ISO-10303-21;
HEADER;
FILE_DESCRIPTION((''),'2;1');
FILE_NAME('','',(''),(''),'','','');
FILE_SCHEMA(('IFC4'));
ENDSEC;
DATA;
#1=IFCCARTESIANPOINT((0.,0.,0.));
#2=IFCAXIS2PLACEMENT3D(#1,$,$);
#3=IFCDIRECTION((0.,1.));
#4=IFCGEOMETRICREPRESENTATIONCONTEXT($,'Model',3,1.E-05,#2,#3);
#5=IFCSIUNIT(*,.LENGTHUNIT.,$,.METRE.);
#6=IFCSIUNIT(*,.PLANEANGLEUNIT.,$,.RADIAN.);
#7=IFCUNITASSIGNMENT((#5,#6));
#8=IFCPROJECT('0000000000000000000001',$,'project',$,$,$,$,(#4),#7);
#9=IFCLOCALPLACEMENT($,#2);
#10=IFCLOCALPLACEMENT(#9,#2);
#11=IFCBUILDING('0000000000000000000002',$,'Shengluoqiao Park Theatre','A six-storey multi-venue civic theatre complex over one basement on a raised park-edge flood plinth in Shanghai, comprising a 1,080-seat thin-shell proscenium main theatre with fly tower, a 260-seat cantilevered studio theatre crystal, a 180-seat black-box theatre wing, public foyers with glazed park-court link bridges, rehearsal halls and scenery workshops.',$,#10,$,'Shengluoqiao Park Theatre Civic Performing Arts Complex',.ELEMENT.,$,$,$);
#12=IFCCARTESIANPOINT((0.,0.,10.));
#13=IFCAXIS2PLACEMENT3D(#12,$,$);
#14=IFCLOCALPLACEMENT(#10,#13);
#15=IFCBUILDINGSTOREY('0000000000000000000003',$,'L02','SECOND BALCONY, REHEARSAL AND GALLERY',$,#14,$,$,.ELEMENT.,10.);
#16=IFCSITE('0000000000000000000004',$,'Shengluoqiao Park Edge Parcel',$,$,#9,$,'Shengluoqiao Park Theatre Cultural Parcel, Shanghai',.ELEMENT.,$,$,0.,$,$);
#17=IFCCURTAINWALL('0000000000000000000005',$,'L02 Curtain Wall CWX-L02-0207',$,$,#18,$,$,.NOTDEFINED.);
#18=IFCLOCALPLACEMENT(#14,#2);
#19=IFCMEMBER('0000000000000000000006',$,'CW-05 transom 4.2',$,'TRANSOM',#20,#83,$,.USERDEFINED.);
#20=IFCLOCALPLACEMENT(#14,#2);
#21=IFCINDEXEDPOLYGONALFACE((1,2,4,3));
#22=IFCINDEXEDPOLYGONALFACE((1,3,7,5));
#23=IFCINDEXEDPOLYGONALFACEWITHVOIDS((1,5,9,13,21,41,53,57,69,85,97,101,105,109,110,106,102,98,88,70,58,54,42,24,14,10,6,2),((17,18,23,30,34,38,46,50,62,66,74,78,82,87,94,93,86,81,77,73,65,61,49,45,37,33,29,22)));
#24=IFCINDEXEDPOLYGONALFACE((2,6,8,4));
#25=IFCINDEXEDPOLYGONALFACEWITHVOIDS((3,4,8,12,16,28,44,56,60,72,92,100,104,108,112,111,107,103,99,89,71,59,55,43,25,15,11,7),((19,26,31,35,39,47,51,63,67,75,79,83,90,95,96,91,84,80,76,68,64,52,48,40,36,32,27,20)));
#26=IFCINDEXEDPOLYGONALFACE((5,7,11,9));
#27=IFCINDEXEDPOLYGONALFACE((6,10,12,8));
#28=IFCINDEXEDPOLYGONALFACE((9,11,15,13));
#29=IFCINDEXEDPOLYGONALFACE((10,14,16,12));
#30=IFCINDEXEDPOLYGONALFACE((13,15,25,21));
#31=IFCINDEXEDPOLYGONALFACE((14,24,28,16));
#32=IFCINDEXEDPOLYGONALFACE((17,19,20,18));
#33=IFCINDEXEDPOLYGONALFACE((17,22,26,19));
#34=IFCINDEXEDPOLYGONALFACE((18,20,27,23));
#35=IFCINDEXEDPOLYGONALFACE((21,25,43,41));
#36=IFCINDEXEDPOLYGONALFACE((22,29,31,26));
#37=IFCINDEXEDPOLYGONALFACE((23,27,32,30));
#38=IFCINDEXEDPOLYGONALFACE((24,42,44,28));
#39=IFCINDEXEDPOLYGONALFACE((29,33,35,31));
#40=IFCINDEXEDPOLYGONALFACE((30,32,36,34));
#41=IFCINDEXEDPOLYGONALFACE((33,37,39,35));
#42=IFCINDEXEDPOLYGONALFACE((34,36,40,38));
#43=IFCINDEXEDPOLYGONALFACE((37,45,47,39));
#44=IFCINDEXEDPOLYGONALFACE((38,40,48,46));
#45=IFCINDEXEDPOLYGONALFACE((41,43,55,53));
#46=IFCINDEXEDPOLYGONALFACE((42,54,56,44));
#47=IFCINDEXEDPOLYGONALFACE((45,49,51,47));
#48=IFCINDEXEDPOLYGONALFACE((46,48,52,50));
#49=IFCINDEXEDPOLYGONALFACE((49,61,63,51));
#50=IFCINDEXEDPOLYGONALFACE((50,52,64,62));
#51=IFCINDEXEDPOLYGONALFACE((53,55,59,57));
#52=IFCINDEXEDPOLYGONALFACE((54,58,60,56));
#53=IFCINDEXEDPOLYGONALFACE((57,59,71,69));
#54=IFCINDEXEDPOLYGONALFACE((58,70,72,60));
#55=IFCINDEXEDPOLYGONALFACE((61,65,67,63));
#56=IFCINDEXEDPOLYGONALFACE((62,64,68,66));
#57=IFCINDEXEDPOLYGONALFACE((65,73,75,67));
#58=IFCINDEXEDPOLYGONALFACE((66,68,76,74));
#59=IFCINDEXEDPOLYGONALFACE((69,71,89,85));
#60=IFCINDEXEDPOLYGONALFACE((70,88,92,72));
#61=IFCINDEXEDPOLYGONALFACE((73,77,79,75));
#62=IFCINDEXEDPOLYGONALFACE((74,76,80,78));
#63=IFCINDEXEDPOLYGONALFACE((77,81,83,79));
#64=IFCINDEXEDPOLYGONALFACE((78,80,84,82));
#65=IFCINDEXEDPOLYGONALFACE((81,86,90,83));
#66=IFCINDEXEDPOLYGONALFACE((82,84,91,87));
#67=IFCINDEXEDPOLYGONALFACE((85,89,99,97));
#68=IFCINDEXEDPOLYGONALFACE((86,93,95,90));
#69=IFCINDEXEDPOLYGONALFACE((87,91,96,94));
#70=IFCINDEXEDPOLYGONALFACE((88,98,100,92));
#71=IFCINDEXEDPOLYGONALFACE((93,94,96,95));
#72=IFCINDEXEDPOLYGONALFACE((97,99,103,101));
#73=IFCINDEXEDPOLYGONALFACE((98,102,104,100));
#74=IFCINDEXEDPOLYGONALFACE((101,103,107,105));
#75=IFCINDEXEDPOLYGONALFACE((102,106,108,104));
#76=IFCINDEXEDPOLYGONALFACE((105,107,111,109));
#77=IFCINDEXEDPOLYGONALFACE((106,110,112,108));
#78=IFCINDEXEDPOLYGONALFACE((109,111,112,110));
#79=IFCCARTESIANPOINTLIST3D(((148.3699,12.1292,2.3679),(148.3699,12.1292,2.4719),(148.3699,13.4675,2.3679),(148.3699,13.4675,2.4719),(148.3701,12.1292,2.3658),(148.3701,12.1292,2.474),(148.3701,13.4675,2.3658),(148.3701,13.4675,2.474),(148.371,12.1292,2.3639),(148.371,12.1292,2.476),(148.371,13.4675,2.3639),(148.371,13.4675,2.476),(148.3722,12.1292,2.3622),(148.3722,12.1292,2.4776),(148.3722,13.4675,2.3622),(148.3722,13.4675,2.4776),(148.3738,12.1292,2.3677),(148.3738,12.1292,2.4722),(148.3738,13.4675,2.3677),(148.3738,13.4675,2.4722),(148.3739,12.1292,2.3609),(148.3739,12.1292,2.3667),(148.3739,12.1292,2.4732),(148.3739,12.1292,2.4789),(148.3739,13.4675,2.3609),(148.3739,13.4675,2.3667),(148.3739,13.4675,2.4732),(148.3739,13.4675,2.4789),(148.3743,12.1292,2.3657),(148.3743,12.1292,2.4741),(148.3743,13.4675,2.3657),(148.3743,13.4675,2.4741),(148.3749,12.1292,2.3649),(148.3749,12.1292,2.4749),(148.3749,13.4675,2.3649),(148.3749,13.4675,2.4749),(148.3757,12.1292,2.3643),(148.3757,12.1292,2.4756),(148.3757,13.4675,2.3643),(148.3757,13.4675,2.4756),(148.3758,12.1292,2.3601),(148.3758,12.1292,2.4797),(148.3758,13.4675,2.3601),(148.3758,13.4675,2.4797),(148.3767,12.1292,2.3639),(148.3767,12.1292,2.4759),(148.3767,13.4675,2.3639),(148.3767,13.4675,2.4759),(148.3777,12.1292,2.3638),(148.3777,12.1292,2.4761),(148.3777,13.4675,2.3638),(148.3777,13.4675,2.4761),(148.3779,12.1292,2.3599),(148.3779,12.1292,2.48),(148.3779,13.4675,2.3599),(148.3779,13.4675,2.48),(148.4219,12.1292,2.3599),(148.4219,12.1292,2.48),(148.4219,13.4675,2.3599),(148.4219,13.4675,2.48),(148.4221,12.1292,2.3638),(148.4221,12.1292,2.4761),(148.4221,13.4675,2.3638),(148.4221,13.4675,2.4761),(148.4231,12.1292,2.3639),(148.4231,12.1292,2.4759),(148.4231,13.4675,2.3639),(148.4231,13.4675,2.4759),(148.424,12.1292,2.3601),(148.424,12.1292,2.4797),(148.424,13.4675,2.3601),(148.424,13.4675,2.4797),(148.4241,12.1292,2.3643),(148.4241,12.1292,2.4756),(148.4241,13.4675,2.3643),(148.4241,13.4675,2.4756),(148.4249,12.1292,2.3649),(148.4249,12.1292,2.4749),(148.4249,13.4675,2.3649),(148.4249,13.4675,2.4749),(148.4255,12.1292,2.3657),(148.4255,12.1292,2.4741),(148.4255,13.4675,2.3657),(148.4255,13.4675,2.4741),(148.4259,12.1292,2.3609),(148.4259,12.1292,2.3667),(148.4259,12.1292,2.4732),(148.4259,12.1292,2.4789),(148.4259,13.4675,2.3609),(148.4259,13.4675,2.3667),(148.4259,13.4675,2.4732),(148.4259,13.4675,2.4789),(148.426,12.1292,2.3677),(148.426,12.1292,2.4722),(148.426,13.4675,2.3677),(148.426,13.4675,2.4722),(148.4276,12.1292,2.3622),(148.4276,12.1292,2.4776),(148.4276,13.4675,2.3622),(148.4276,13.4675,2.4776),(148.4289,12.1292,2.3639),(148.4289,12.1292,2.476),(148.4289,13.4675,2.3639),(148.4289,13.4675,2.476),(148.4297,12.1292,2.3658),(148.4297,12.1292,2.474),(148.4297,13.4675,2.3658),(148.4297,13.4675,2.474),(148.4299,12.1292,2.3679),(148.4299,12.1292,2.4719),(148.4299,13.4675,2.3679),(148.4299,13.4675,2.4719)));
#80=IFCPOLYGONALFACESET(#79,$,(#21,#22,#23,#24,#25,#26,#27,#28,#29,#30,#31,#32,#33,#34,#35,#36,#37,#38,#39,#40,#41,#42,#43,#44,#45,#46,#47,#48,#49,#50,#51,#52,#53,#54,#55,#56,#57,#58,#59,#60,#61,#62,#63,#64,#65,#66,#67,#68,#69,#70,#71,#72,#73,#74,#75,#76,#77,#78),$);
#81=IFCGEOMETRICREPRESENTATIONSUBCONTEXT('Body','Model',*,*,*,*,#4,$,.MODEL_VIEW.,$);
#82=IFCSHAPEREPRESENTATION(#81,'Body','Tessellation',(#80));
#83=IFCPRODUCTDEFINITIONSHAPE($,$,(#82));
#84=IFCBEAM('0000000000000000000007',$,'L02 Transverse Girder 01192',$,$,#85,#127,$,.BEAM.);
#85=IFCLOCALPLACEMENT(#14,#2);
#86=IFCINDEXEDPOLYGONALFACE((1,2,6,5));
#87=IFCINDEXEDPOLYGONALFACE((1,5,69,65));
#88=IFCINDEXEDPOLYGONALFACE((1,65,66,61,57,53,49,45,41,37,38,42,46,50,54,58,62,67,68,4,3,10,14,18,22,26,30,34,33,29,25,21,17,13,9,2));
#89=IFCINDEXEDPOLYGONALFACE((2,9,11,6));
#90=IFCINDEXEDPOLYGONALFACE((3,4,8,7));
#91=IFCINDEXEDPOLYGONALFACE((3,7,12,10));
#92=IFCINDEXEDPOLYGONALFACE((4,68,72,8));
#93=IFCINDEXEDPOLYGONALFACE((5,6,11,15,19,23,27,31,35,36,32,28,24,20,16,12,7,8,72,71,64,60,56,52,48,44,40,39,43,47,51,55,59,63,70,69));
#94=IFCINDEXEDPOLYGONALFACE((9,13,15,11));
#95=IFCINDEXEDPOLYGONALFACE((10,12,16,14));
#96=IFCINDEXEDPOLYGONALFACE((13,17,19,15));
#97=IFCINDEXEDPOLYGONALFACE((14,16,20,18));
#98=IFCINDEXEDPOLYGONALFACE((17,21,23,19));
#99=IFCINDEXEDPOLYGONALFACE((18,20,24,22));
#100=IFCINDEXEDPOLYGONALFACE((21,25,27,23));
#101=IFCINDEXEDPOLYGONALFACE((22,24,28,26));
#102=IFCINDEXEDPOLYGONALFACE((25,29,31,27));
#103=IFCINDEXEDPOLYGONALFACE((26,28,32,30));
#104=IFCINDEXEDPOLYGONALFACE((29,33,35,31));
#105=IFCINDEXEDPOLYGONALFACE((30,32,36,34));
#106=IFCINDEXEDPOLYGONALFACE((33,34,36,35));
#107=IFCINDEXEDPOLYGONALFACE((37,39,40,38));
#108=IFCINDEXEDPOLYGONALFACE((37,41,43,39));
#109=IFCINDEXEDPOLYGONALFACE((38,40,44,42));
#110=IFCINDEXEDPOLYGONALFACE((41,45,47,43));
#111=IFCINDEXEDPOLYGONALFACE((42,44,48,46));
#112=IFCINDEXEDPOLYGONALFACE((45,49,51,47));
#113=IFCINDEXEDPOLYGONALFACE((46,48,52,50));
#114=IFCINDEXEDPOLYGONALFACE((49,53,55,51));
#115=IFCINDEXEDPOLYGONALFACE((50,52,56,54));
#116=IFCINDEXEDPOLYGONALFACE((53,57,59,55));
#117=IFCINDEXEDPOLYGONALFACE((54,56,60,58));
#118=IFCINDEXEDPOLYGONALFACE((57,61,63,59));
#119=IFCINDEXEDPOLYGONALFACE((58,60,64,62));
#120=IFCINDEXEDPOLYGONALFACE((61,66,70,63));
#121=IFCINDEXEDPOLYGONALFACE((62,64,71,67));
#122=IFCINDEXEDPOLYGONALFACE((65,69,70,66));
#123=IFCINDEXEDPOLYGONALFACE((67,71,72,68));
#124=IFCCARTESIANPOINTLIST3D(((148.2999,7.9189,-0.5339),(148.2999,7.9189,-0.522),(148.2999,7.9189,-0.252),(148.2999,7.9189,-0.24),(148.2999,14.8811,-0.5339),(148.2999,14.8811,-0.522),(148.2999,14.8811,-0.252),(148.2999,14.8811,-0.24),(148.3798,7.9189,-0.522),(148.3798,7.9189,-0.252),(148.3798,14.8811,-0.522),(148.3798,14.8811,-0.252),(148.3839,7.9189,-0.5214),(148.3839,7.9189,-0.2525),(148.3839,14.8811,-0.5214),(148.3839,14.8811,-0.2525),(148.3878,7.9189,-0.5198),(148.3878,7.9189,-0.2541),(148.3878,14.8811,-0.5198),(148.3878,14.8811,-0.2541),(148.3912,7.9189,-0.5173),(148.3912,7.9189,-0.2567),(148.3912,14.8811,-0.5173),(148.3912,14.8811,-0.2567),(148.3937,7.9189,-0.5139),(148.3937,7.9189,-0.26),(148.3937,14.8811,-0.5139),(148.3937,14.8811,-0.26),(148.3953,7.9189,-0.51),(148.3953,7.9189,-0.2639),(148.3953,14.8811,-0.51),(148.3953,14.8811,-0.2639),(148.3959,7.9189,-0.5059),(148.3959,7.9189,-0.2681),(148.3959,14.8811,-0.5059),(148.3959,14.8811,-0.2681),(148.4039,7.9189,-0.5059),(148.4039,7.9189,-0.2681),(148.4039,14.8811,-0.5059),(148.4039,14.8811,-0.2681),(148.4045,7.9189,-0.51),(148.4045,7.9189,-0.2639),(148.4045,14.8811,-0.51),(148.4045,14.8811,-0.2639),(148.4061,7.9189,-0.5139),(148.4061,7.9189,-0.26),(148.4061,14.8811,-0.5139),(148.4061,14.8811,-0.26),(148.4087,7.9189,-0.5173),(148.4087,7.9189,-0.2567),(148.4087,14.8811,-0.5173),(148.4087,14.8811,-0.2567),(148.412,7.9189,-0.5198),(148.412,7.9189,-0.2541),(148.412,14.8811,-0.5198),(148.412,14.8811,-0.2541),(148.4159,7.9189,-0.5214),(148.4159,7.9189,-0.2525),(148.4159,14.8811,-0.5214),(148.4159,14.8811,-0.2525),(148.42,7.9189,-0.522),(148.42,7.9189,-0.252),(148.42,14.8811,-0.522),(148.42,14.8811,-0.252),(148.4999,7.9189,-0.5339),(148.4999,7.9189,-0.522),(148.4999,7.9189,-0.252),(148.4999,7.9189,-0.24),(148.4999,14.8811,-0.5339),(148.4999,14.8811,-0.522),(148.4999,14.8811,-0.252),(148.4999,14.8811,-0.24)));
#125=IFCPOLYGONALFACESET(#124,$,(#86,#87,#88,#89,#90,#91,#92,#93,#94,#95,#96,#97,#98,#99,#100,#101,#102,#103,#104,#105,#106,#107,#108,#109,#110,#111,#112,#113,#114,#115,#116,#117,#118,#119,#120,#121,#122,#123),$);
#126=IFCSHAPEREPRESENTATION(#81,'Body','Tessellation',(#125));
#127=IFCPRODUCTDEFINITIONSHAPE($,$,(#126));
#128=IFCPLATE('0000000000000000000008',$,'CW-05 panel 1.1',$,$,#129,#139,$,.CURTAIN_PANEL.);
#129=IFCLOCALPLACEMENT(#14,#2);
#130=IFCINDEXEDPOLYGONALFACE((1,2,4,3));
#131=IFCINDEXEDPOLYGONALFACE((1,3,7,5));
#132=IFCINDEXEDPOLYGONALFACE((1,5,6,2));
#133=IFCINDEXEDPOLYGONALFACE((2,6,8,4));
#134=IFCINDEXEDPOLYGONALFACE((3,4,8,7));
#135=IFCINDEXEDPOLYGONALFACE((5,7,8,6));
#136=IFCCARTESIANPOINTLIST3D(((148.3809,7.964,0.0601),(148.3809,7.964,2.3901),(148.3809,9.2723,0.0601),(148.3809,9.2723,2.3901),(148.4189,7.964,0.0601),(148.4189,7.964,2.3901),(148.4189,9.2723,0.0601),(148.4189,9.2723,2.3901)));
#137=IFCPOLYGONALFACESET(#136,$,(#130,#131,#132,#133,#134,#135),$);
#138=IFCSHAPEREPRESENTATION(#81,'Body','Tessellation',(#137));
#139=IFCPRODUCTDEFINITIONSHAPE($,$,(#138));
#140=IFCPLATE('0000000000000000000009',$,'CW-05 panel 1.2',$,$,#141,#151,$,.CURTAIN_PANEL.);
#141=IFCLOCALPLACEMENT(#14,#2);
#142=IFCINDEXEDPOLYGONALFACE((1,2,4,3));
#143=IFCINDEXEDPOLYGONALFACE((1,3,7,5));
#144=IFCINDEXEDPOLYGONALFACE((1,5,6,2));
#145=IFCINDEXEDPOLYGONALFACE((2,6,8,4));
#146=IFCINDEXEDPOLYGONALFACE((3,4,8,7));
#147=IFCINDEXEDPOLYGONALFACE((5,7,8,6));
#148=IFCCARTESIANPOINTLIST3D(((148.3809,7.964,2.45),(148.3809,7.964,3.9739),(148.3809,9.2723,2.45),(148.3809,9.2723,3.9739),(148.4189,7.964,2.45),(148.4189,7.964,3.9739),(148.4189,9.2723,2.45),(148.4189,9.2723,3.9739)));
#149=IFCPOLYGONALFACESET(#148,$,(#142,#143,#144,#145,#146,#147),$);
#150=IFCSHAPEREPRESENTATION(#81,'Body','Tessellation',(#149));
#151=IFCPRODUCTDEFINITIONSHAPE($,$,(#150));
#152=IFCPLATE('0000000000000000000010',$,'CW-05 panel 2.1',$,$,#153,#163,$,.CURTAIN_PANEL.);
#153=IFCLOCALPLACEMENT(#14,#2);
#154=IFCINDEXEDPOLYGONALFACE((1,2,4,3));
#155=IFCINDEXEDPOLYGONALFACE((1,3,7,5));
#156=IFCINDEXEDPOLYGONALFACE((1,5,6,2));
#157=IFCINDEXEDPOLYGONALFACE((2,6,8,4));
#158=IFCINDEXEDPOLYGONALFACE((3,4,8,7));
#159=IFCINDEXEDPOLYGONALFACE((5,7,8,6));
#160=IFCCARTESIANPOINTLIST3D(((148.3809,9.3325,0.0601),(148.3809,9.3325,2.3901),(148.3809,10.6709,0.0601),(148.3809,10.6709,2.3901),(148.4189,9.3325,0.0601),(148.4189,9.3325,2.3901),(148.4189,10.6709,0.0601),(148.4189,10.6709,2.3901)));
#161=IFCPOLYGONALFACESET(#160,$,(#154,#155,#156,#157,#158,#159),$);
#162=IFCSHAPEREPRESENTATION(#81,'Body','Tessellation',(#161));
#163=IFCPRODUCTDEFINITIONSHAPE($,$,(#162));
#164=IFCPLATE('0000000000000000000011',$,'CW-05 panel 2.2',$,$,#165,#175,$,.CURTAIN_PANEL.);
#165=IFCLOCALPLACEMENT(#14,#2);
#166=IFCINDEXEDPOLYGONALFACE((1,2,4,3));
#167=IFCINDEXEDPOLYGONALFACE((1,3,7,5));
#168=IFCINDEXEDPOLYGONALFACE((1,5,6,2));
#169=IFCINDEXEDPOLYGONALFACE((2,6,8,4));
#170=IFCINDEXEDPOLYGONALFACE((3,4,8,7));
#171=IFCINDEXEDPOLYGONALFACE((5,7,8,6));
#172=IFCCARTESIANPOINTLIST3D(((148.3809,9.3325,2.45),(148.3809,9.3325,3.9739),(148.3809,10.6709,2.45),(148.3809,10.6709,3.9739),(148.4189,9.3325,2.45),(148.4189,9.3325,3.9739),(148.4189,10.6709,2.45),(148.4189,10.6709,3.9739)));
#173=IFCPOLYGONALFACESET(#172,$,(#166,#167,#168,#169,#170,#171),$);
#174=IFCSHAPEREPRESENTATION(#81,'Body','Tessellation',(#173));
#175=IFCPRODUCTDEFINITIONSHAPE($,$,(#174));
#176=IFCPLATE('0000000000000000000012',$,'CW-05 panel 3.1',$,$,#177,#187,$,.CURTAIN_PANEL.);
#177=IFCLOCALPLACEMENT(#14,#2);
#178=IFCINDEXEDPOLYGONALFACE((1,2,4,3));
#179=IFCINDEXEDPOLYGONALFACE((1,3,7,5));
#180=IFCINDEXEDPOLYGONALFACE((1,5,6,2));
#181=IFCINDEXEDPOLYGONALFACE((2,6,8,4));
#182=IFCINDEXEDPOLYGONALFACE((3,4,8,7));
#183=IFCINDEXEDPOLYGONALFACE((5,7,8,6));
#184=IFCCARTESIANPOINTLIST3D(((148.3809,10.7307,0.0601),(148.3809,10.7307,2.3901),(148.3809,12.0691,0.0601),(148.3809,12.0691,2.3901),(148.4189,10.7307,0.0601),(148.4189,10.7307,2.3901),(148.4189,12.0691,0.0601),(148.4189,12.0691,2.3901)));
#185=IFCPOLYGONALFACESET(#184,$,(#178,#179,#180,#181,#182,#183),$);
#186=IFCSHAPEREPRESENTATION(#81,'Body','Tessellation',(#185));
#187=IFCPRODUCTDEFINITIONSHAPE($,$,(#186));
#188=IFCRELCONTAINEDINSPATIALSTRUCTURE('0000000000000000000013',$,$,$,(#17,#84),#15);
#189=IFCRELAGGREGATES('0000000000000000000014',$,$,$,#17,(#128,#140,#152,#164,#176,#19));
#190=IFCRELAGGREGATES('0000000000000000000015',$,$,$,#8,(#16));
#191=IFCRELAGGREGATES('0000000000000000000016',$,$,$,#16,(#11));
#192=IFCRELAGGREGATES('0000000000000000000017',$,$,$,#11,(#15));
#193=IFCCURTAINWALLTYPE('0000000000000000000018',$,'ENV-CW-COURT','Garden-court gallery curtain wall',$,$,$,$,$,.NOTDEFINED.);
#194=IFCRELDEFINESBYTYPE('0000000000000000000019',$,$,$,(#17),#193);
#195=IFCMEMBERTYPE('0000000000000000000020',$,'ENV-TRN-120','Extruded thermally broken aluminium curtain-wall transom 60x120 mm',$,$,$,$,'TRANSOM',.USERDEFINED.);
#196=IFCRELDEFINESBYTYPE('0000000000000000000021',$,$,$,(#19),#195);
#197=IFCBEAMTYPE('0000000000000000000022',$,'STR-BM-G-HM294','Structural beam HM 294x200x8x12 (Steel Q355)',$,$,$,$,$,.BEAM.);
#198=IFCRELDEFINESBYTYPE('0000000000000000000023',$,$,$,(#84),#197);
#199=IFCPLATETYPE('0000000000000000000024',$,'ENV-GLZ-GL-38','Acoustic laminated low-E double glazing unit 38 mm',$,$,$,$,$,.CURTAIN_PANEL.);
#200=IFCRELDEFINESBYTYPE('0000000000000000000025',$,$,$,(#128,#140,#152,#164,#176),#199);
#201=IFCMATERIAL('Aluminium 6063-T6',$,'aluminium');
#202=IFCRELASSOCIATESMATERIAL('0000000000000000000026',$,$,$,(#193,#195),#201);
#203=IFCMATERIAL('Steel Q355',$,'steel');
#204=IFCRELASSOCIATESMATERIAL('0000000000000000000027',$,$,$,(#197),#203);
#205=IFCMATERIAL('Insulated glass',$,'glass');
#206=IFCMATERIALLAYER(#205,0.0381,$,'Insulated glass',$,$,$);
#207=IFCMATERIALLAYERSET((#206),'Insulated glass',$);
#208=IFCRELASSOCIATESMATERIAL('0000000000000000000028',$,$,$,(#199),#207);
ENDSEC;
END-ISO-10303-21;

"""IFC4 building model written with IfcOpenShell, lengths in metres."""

from ifc_helpers import new_model, si_unit, direction, frame, origin, origin_2d, place, context, subcontext, project, spatial, rectangle, hollow_rectangle, i_section, extrude, material, layer, layer_set, material_profile, profile_set, type_object, element, aggregate, save


model = new_model("IFC4")

# Units and contexts
model_context = context("Model", 3, precision=1e-05, world=origin(), true_north=direction((0.0, 1.0)))
body_context = subcontext(model_context, "Body", "Model", "MODEL_VIEW")
ifc_project = project(units=[si_unit("LENGTHUNIT", "METRE"), si_unit("PLANEANGLEUNIT", "RADIAN")], contexts=[model_context])

# Site, building, storey
site_placement = place(None, origin())
site = spatial("IfcSite", under=ifc_project, at=site_placement, Name="Shengluoqiao Park Edge Parcel", LongName="Shengluoqiao Park Theatre Cultural Parcel, Shanghai", CompositionType="ELEMENT", RefElevation=0.0)
building_placement = place(site_placement, origin())
building = spatial("IfcBuilding", under=site, at=building_placement, Name="Shengluoqiao Park Theatre", Description="A six-storey multi-venue civic theatre complex over one basement on a raised park-edge flood plinth in Shanghai, comprising a 1,080-seat thin-shell proscenium main theatre with fly tower, a 260-seat cantilevered studio theatre crystal, a 180-seat black-box theatre wing, public foyers with glazed park-court link bridges, rehearsal halls and scenery workshops.", LongName="Shengluoqiao Park Theatre Civic Performing Arts Complex", CompositionType="ELEMENT")
storey_placement = place(building_placement, frame((0.0, 0.0, 10.0)))
storey = spatial("IfcBuildingStorey", under=building, at=storey_placement, Name="L02", Description="SECOND BALCONY, REHEARSAL AND GALLERY", CompositionType="ELEMENT", Elevation=10.0)

# Curtain wall, member
ifc_material_1 = material(Name="Aluminium 6063-T6", Category="aluminium")
curtain_wall_type = type_object("IfcCurtainWallType", Name="ENV-CW-COURT", Description="Garden-court gallery curtain wall", PredefinedType="NOTDEFINED", material=ifc_material_1)
curtain_wall_placement = place(storey_placement, origin())
curtain_wall = element("IfcCurtainWall", 1, at=curtain_wall_placement, inside=storey, type_object=curtain_wall_type, Name="L02 Curtain Wall CWX-L02-0207", PredefinedType="NOTDEFINED")
ifc_material_profile_1 = material_profile(ifc_material_1, hollow_rectangle(XDim=0.0601, YDim=0.1201, WallThickness=0.0039, InnerFilletRadius=0.0039, OuterFilletRadius=0.0081, at=origin_2d()), Name="ALU TRANSOM 120x60x4")
ifc_profile_set_1 = profile_set([ifc_material_profile_1], Name="Aluminium 6063-T6")
member_type_1 = type_object("IfcMemberType", Name="ENV-TRN-120", Description="Extruded thermally broken aluminium curtain-wall transom 60x120 mm", ElementType="TRANSOM", PredefinedType="USERDEFINED", material=ifc_profile_set_1)
member_1_placement = place(storey_placement, frame((148.3999, 12.1292, 2.4199), z_axis=(0.0, 1.0, 0.0), x_axis=(-1.0, 0.0, 0.0)))
member_1 = element("IfcMember", 2, at=member_1_placement, type_object=member_type_1, Name="CW-05 transom 4.2", ObjectType="TRANSOM", PredefinedType="USERDEFINED", context=body_context, shape_type="SweptSolid", body=[
    extrude(hollow_rectangle(XDim=0.0601, YDim=0.1201, WallThickness=0.0039, InnerFilletRadius=0.0039, OuterFilletRadius=0.0081, at=origin_2d()), origin(), (0.0, 0.0, 1.0), 1.3384),
])

# Beam
ifc_material_2 = material(Name="Steel Q355", Category="steel")
ifc_material_profile_2 = material_profile(ifc_material_2, i_section(OverallWidth=0.2, OverallDepth=0.2939, WebThickness=0.0081, FlangeThickness=0.012, FilletRadius=0.0161, at=origin_2d()), Name="HM 294x200x8x12")
ifc_profile_set_2 = profile_set([ifc_material_profile_2], Name="Steel Q355")
beam_type = type_object("IfcBeamType", Name="STR-BM-G-HM294", Description="Structural beam HM 294x200x8x12 (Steel Q355)", PredefinedType="BEAM", material=ifc_profile_set_2)
beam_placement = place(storey_placement, frame((148.3999, 7.9189, -0.387), z_axis=(0.0, 1.0, 0.0), x_axis=(-1.0, 0.0, 0.0)))
element("IfcBeam", 3, at=beam_placement, inside=storey, type_object=beam_type, Name="L02 Transverse Girder 01192", PredefinedType="BEAM", context=body_context, shape_type="SweptSolid", body=[
    extrude(i_section(OverallWidth=0.2, OverallDepth=0.2939, WebThickness=0.0081, FlangeThickness=0.012, FilletRadius=0.0161, at=origin_2d()), origin(), (0.0, 0.0, 1.0), 6.9622),
])

# Plates
ifc_material_3 = material(Name="Insulated glass", Category="glass")
ifc_layer = layer(ifc_material_3, 0.0381, Name="Insulated glass")
ifc_layer_set = layer_set([ifc_layer], Name="Insulated glass")
plate_type = type_object("IfcPlateType", Name="ENV-GLZ-GL-38", Description="Acoustic laminated low-E double glazing unit 38 mm", PredefinedType="CURTAIN_PANEL", material=ifc_layer_set)
plate_1_placement = place(storey_placement, frame((148.3999, 8.6182, 0.0601), z_axis=(0.0, 0.0, 1.0), x_axis=(0.0, 1.0, 0.0)))
plate_1 = element("IfcPlate", 4, at=plate_1_placement, type_object=plate_type, Name="CW-05 panel 1.1", PredefinedType="CURTAIN_PANEL", context=body_context, shape_type="SweptSolid", body=[
    extrude(rectangle(XDim=1.3083, YDim=0.0381, at=origin_2d()), origin(), (0.0, 0.0, 1.0), 2.3301),
])
plate_2_placement = place(storey_placement, frame((148.3999, 8.6182, 2.45), z_axis=(0.0, 0.0, 1.0), x_axis=(0.0, 1.0, 0.0)))
plate_2 = element("IfcPlate", 5, at=plate_2_placement, type_object=plate_type, Name="CW-05 panel 1.2", PredefinedType="CURTAIN_PANEL", context=body_context, shape_type="SweptSolid", body=[
    extrude(rectangle(XDim=1.3083, YDim=0.0381, at=origin_2d()), origin(), (0.0, 0.0, 1.0), 1.5239),
])
plate_3_placement = place(storey_placement, frame((148.3999, 10.0017, 0.0601), z_axis=(0.0, 0.0, 1.0), x_axis=(0.0, 1.0, 0.0)))
plate_3 = element("IfcPlate", 6, at=plate_3_placement, type_object=plate_type, Name="CW-05 panel 2.1", PredefinedType="CURTAIN_PANEL", context=body_context, shape_type="SweptSolid", body=[
    extrude(rectangle(XDim=1.3384, YDim=0.0381, at=origin_2d()), origin(), (0.0, 0.0, 1.0), 2.3301),
])
plate_4_placement = place(storey_placement, frame((148.3999, 10.0017, 2.45), z_axis=(0.0, 0.0, 1.0), x_axis=(0.0, 1.0, 0.0)))
plate_4 = element("IfcPlate", 7, at=plate_4_placement, type_object=plate_type, Name="CW-05 panel 2.2", PredefinedType="CURTAIN_PANEL", context=body_context, shape_type="SweptSolid", body=[
    extrude(rectangle(XDim=1.3384, YDim=0.0381, at=origin_2d()), origin(), (0.0, 0.0, 1.0), 1.5239),
])
plate_5_placement = place(storey_placement, frame((148.3999, 11.3999, 0.0601), z_axis=(0.0, 0.0, 1.0), x_axis=(0.0, 1.0, 0.0)))
plate_5 = element("IfcPlate", 8, at=plate_5_placement, type_object=plate_type, Name="CW-05 panel 3.1", PredefinedType="CURTAIN_PANEL", context=body_context, shape_type="SweptSolid", body=[
    extrude(rectangle(XDim=1.3384, YDim=0.0381, at=origin_2d()), origin(), (0.0, 0.0, 1.0), 2.3301),
])
aggregate(curtain_wall, [plate_1, plate_2, plate_3, plate_4, plate_5, member_1])

save(model, "model.ifc")
